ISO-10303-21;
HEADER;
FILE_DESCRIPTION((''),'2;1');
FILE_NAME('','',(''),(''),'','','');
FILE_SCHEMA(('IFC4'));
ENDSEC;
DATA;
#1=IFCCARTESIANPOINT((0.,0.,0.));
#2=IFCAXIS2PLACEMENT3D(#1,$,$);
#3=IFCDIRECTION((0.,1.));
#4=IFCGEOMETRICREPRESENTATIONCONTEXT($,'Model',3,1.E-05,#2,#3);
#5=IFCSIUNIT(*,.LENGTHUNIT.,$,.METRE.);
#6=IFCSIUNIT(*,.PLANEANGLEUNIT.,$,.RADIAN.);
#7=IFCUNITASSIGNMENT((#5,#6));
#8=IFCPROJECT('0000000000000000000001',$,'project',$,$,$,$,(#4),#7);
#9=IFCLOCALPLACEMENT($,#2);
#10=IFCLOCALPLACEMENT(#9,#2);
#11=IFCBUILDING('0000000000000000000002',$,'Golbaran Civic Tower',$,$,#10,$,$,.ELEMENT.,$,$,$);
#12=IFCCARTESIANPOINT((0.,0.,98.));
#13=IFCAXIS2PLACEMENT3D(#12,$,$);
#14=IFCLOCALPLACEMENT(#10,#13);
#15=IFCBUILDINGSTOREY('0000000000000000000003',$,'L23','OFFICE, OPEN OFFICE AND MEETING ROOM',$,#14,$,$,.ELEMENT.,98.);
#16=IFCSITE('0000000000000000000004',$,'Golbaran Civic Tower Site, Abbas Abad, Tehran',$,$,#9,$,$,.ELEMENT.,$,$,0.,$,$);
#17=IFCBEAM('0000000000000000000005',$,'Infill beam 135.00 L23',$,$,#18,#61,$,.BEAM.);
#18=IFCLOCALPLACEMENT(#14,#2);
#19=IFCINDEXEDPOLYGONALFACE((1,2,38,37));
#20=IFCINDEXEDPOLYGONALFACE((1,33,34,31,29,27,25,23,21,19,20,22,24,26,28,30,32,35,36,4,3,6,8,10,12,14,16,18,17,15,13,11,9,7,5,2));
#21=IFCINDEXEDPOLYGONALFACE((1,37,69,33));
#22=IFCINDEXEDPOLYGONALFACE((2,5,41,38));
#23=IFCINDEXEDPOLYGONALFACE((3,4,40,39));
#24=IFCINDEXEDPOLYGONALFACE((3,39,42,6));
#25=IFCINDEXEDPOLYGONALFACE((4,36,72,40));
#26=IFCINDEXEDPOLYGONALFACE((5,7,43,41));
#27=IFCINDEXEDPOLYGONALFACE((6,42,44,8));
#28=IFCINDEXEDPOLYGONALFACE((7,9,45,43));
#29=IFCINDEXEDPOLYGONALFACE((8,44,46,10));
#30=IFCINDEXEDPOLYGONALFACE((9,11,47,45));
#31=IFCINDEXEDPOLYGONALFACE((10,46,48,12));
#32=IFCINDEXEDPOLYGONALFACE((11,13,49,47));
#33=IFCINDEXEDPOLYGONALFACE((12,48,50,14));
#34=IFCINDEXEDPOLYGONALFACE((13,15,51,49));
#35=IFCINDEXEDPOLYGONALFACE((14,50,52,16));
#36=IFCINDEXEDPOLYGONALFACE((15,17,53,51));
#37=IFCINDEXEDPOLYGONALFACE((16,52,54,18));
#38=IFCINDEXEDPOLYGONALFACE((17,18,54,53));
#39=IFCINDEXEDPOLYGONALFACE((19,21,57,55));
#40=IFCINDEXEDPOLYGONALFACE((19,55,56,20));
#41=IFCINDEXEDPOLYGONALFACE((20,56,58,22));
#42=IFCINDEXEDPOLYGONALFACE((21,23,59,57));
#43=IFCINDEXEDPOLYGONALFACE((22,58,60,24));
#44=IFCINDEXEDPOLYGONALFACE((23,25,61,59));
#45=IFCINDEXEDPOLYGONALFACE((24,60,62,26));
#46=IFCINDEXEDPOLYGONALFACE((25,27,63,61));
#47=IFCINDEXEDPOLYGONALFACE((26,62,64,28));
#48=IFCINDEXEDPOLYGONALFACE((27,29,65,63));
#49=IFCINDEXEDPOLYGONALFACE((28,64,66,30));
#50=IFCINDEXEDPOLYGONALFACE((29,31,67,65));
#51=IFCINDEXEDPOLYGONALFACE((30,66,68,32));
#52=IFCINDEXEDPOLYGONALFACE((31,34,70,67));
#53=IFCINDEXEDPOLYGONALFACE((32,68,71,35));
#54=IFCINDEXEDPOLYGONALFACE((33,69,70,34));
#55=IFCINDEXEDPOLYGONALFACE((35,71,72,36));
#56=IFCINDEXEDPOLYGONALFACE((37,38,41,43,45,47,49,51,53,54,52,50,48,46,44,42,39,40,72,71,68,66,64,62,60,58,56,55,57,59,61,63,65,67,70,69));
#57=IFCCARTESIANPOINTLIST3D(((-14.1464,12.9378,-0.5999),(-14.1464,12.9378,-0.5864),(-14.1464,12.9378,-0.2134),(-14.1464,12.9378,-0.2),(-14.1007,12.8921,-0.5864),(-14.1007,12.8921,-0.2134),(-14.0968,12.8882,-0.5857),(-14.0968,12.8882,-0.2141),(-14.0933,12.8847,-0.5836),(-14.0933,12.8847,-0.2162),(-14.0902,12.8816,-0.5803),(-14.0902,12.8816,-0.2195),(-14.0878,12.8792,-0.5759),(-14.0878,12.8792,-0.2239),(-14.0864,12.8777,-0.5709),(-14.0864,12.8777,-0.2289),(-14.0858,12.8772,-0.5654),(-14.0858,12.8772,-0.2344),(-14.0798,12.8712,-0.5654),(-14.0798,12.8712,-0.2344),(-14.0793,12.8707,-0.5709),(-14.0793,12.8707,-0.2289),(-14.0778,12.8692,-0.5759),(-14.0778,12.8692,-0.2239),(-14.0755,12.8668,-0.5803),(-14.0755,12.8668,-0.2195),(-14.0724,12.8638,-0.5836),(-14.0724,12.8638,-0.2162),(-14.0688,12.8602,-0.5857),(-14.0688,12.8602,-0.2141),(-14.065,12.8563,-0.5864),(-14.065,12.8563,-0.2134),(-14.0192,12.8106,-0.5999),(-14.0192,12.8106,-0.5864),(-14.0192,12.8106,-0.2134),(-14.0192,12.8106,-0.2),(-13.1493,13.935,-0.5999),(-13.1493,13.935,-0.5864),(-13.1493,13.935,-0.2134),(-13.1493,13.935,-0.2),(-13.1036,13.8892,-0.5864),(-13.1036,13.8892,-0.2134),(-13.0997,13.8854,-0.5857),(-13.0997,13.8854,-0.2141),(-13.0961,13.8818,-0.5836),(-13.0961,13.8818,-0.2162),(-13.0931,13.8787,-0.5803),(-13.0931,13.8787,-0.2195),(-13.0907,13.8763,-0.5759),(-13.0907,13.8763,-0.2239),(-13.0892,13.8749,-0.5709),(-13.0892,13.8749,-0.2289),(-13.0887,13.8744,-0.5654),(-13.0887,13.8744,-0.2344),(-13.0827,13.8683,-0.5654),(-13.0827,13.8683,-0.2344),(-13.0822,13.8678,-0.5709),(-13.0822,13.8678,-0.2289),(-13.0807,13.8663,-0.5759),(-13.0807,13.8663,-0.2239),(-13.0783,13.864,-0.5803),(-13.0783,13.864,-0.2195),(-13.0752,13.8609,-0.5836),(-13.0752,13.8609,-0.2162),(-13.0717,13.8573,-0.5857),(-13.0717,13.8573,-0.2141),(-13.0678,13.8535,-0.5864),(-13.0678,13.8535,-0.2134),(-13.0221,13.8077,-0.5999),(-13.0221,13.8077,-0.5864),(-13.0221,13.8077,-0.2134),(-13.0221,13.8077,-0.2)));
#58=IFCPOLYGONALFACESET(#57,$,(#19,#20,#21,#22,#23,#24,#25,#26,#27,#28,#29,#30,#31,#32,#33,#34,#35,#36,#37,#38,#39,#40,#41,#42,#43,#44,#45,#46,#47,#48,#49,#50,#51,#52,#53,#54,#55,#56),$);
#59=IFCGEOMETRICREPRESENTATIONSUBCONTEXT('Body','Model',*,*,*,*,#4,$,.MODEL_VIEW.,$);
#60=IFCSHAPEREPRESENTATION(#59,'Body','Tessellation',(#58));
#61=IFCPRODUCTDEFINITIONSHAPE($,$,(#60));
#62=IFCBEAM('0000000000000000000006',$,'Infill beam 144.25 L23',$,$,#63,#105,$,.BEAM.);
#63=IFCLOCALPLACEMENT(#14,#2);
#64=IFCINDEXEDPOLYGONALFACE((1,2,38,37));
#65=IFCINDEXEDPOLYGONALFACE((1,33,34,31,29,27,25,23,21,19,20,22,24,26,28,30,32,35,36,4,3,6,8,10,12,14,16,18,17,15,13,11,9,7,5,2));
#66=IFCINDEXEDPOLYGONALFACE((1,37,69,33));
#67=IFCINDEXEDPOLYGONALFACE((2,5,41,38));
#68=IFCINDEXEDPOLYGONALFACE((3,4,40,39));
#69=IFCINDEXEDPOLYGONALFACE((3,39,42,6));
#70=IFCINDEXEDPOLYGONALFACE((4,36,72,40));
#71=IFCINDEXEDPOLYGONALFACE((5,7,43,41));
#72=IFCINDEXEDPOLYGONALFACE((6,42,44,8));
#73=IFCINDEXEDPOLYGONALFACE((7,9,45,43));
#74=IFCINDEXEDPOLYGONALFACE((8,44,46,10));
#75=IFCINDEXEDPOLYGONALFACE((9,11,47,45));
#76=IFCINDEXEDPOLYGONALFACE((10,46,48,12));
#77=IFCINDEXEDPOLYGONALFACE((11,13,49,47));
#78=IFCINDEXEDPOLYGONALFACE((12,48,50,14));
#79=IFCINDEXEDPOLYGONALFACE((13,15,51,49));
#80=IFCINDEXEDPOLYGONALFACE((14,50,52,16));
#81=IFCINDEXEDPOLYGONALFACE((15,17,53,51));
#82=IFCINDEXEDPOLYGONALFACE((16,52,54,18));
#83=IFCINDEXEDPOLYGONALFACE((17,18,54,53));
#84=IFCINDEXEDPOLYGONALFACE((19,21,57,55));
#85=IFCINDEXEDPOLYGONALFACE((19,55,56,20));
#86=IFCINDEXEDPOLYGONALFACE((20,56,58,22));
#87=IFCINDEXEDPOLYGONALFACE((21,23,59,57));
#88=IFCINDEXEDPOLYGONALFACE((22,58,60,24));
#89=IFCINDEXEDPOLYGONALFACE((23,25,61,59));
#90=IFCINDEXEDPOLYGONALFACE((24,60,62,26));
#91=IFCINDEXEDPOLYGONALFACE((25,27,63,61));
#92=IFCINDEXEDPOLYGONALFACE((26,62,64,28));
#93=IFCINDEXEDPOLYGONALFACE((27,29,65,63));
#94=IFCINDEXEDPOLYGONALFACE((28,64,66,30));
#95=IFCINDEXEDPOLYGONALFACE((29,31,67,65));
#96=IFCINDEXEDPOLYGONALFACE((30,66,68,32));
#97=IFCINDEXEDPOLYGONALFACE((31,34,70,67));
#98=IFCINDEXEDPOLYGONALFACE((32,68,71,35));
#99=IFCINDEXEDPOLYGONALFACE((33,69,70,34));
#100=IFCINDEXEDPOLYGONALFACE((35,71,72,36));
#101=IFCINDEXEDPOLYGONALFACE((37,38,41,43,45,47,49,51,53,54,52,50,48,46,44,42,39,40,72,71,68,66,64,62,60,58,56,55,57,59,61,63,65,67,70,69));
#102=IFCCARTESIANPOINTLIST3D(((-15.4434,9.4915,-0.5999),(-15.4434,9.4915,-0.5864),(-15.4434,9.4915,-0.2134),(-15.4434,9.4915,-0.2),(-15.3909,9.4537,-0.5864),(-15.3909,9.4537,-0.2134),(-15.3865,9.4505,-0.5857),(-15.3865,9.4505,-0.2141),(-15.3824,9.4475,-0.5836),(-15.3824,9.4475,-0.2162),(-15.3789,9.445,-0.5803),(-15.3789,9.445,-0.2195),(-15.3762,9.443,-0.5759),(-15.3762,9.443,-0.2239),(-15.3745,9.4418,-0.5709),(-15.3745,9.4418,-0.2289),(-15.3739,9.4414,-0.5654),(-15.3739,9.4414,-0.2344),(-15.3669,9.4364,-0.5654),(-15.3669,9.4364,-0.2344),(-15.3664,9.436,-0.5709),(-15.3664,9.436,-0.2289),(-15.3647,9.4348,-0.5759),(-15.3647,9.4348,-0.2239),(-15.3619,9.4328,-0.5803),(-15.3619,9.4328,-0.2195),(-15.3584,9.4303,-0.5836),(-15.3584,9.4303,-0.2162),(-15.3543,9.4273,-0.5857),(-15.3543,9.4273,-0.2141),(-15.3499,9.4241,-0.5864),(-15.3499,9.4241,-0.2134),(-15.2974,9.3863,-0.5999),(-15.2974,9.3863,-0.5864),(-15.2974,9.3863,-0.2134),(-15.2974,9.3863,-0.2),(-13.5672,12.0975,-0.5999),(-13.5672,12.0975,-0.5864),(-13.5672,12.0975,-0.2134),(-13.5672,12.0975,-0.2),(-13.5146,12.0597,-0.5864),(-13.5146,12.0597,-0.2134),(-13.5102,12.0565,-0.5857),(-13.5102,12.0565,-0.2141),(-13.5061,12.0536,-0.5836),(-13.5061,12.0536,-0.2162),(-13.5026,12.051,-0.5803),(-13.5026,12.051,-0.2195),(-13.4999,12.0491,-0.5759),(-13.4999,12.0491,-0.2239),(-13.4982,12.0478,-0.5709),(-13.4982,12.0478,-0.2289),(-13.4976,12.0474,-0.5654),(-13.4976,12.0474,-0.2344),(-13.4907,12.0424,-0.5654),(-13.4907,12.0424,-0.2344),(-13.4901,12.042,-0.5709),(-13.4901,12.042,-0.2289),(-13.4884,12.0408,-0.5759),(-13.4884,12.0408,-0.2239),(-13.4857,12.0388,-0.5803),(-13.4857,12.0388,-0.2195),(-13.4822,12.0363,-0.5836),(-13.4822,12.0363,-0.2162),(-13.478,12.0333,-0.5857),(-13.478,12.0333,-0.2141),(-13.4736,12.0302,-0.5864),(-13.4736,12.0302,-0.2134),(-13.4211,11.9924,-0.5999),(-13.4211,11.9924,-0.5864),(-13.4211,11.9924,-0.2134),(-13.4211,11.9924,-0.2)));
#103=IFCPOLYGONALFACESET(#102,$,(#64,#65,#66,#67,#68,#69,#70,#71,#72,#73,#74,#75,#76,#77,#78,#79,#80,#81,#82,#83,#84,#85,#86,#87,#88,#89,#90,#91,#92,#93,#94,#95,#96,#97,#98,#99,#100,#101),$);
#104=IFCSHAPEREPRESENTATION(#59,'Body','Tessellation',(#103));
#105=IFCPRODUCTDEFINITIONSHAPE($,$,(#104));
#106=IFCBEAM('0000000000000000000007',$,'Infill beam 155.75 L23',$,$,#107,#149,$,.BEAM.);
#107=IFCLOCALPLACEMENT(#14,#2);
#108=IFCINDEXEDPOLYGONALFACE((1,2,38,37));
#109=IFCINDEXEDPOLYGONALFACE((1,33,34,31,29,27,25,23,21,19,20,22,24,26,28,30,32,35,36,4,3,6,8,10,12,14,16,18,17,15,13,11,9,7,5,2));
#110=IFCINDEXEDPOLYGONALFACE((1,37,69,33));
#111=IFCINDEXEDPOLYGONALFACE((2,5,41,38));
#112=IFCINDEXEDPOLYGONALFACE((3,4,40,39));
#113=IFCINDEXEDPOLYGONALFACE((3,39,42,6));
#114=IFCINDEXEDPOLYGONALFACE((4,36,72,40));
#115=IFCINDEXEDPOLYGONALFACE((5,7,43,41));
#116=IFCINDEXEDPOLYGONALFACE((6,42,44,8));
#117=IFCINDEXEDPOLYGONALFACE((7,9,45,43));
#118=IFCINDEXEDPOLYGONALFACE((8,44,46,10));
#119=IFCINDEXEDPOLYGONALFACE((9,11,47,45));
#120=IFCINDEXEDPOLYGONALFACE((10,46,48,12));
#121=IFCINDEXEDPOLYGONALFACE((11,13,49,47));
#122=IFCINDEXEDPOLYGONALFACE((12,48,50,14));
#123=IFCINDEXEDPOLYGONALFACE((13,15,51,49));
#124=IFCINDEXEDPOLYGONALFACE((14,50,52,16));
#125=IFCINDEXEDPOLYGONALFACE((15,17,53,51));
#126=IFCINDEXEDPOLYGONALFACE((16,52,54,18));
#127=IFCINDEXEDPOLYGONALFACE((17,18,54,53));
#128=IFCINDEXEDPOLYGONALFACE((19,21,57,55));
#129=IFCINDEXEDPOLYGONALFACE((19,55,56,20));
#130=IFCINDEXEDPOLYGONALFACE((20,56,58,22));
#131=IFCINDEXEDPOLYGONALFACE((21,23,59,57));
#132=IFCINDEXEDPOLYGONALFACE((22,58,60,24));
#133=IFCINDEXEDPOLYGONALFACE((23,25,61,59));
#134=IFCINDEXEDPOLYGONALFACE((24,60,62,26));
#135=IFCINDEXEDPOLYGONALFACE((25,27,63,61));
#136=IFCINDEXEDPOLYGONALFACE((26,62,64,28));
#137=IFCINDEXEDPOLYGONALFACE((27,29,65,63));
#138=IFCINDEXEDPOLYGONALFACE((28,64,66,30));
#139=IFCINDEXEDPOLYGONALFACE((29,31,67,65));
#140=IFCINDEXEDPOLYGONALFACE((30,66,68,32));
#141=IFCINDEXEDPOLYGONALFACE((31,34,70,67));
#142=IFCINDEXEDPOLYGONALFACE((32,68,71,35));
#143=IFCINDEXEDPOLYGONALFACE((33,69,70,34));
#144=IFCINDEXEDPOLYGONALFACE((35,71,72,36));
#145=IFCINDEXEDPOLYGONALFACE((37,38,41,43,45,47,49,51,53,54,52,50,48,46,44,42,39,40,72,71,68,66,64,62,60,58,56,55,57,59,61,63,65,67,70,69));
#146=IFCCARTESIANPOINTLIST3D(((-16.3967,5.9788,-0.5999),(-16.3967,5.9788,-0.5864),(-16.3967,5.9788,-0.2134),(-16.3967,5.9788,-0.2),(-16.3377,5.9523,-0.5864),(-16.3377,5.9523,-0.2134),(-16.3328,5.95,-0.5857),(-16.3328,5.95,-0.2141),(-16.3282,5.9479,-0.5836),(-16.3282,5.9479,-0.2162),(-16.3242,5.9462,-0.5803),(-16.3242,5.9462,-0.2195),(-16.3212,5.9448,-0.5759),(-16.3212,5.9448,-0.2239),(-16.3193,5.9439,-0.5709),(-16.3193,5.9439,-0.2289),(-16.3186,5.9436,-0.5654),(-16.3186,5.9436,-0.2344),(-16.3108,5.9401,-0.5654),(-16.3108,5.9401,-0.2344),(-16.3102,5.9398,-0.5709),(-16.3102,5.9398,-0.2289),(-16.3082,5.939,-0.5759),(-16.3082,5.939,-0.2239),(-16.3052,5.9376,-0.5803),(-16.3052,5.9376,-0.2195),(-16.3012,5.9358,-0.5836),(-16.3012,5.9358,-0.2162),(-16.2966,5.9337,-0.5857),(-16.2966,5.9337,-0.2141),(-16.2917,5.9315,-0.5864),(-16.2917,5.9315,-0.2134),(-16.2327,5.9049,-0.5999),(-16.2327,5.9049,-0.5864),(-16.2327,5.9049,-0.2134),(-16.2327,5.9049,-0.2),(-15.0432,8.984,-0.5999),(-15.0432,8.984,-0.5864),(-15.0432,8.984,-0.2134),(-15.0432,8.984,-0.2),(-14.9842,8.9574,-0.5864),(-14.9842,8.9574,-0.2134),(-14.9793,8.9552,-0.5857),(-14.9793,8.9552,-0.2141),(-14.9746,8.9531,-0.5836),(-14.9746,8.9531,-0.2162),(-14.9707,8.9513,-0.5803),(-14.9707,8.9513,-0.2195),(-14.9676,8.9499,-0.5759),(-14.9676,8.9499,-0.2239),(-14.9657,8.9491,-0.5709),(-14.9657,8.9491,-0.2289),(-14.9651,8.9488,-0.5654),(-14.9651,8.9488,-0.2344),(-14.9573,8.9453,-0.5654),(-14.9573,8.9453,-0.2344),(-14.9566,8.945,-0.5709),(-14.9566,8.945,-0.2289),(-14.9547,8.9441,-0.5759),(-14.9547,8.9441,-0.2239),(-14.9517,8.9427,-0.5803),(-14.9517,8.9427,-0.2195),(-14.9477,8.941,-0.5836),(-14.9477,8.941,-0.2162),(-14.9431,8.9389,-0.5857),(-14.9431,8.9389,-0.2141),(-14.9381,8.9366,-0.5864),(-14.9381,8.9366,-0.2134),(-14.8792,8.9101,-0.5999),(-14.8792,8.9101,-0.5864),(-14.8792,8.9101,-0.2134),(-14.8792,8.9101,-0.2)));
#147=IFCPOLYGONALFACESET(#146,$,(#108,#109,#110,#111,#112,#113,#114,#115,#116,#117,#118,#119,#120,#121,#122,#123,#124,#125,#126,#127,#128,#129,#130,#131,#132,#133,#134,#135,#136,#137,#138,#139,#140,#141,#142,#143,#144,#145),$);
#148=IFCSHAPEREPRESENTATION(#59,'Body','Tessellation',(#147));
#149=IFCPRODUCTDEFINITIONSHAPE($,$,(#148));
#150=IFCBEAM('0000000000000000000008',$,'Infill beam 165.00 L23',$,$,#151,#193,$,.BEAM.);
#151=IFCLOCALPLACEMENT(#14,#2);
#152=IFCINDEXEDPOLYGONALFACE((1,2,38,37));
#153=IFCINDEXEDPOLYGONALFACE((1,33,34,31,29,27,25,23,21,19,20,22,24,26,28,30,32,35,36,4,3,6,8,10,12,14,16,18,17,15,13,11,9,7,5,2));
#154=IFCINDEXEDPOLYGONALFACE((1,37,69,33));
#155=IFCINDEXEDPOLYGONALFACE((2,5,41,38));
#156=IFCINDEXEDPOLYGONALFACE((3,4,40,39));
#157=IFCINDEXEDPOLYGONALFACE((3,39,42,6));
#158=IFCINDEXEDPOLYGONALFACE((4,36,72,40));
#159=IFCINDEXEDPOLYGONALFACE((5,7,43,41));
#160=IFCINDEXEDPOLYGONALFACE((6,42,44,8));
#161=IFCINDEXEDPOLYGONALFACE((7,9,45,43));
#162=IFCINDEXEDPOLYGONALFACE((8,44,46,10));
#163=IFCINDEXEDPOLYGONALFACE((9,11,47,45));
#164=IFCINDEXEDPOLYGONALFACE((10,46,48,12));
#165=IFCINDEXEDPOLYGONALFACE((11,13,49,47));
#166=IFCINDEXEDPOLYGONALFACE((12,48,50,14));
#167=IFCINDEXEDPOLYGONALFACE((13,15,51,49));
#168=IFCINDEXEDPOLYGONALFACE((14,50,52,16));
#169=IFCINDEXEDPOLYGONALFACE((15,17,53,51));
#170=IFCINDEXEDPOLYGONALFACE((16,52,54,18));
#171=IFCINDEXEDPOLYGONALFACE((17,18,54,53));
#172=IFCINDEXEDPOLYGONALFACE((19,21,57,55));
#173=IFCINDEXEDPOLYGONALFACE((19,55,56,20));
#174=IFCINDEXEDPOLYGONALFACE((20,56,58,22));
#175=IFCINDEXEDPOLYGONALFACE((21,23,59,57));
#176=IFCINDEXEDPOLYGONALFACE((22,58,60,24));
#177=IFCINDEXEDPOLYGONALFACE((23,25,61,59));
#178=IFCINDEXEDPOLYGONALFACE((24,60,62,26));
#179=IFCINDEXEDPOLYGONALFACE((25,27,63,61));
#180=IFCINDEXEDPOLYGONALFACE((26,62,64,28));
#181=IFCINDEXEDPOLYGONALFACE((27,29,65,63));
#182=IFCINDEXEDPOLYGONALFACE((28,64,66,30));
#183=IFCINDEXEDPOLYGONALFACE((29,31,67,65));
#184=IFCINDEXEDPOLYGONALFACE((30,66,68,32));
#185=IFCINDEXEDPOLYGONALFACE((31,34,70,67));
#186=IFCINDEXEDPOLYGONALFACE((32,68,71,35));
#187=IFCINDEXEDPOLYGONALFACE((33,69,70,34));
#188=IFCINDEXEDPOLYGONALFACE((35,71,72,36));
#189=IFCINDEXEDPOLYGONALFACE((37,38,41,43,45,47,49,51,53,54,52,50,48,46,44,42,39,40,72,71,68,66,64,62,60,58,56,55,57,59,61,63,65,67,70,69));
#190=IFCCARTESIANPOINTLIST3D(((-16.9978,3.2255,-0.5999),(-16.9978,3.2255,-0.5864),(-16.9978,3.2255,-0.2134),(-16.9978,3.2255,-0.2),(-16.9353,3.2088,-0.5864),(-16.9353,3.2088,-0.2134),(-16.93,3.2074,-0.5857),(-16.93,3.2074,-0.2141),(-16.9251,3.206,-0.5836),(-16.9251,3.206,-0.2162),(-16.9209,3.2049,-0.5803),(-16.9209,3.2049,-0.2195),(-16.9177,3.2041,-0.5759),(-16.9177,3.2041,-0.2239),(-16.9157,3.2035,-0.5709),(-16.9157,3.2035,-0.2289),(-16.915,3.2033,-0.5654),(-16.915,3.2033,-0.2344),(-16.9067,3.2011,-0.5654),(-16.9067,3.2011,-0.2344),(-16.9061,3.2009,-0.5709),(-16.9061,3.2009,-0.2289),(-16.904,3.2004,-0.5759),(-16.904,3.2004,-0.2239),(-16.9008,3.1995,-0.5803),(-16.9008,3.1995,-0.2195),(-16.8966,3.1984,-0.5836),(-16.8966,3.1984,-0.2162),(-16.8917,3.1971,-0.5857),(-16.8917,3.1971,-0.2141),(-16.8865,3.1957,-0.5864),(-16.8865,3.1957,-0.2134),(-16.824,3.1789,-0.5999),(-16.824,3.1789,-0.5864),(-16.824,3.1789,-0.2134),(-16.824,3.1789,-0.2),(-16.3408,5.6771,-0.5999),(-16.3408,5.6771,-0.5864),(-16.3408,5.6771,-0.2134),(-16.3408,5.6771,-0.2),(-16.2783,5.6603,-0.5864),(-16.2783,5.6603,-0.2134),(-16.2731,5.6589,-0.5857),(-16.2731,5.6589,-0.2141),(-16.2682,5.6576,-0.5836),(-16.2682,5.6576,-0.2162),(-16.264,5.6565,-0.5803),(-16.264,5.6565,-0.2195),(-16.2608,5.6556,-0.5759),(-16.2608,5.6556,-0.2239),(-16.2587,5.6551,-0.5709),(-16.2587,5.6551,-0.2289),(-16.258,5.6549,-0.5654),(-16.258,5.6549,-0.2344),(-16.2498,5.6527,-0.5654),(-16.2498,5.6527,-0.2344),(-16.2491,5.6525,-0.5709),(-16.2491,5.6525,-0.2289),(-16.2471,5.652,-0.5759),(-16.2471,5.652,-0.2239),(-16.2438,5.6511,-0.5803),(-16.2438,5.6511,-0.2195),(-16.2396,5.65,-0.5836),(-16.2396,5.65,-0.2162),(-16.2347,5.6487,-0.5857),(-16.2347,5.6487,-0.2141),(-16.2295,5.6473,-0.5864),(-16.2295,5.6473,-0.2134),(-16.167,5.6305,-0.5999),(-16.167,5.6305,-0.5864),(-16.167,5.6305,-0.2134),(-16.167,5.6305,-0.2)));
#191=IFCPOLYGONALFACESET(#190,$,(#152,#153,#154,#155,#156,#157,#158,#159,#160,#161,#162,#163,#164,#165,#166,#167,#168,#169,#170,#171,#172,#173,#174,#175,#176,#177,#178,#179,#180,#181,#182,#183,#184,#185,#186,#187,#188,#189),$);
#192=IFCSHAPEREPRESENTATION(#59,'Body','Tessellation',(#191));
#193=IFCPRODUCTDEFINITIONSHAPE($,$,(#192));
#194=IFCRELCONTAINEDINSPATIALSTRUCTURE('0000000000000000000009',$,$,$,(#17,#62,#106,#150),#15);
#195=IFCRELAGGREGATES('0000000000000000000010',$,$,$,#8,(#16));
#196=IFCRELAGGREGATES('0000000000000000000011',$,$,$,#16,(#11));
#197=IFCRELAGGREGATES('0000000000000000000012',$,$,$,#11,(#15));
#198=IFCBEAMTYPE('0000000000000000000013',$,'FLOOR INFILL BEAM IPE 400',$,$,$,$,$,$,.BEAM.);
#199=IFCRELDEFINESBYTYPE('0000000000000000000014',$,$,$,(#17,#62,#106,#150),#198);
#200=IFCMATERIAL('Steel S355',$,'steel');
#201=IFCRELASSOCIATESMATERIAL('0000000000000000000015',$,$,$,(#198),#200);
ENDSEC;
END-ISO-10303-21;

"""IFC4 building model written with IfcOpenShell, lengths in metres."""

from ifc_helpers import new_model, si_unit, direction, frame, origin, origin_2d, place, context, subcontext, project, spatial, i_section, extrude, material, material_profile, profile_set, type_object, element, save


model = new_model("IFC4")

# Units and contexts
model_context = context("Model", 3, precision=1e-05, world=origin(), true_north=direction((0.0, 1.0)))
body_context = subcontext(model_context, "Body", "Model", "MODEL_VIEW")
ifc_project = project(units=[si_unit("LENGTHUNIT", "METRE"), si_unit("PLANEANGLEUNIT", "RADIAN")], contexts=[model_context])

# Site, building, storey
site_placement = place(None, origin())
site = spatial("IfcSite", under=ifc_project, at=site_placement, Name="Golbaran Civic Tower Site, Abbas Abad, Tehran", CompositionType="ELEMENT", RefElevation=0.0)
building_placement = place(site_placement, origin())
building = spatial("IfcBuilding", under=site, at=building_placement, Name="Golbaran Civic Tower", CompositionType="ELEMENT")
storey_placement = place(building_placement, frame((0.0, 0.0, 98.0)))
storey = spatial("IfcBuildingStorey", under=building, at=storey_placement, Name="L23", Description="OFFICE, OPEN OFFICE AND MEETING ROOM", CompositionType="ELEMENT", Elevation=98.0)

# Beams
ifc_material_1 = material(Name="Steel S355", Category="steel")
ifc_material_profile_1 = material_profile(ifc_material_1, i_section(OverallWidth=0.1799, OverallDepth=0.3999, WebThickness=0.0085, FlangeThickness=0.0134, FilletRadius=0.021, at=origin_2d()), Name="IPE 400")
ifc_profile_set_1 = profile_set([ifc_material_profile_1], Name="Steel S355")
beam_type_1 = type_object("IfcBeamType", Name="FLOOR INFILL BEAM IPE 400", PredefinedType="BEAM", material=ifc_profile_set_1)
beam_1_placement = place(storey_placement, frame((-13.0857, 13.8713, -0.3999), z_axis=(-0.707107, -0.707107, 0.0), x_axis=(0.707107, -0.707107, 0.0)))
element("IfcBeam", 1, at=beam_1_placement, inside=storey, type_object=beam_type_1, Name="Infill beam 135.00 L23", PredefinedType="BEAM", context=body_context, shape_type="SweptSolid", body=[
    extrude(i_section(OverallWidth=0.1799, OverallDepth=0.3999, WebThickness=0.0085, FlangeThickness=0.0134, FilletRadius=0.021, at=origin_2d()), origin(), (0.0, 0.0, 1.0), 1.4102),
])
beam_2_placement = place(storey_placement, frame((-13.4941, 12.0449, -0.3999), z_axis=(-0.584291, -0.811544, 0.0), x_axis=(0.811544, -0.584291, 0.0)))
element("IfcBeam", 2, at=beam_2_placement, inside=storey, type_object=beam_type_1, Name="Infill beam 144.25 L23", PredefinedType="BEAM", context=body_context, shape_type="SweptSolid", body=[
    extrude(i_section(OverallWidth=0.1799, OverallDepth=0.3999, WebThickness=0.0085, FlangeThickness=0.0134, FilletRadius=0.021, at=origin_2d()), origin(), (0.0, 0.0, 1.0), 3.2112),
])
beam_3_placement = place(storey_placement, frame((-14.9612, 8.947, -0.3999), z_axis=(-0.41067, -0.911784, 0.0), x_axis=(0.911784, -0.41067, 0.0)))
element("IfcBeam", 3, at=beam_3_placement, inside=storey, type_object=beam_type_1, Name="Infill beam 155.75 L23", PredefinedType="BEAM", context=body_context, shape_type="SweptSolid", body=[
    extrude(i_section(OverallWidth=0.1799, OverallDepth=0.3999, WebThickness=0.0085, FlangeThickness=0.0134, FilletRadius=0.021, at=origin_2d()), origin(), (0.0, 0.0, 1.0), 3.2959),
])
beam_4_placement = place(storey_placement, frame((-16.2539, 5.6538, -0.3999), z_axis=(-0.258842, -0.96592, 0.0), x_axis=(0.96592, -0.258842, 0.0)))
element("IfcBeam", 4, at=beam_4_placement, inside=storey, type_object=beam_type_1, Name="Infill beam 165.00 L23", PredefinedType="BEAM", context=body_context, shape_type="SweptSolid", body=[
    extrude(i_section(OverallWidth=0.1799, OverallDepth=0.3999, WebThickness=0.0085, FlangeThickness=0.0134, FilletRadius=0.021, at=origin_2d()), origin(), (0.0, 0.0, 1.0), 2.5381),
])

save(model, "model.ifc")
